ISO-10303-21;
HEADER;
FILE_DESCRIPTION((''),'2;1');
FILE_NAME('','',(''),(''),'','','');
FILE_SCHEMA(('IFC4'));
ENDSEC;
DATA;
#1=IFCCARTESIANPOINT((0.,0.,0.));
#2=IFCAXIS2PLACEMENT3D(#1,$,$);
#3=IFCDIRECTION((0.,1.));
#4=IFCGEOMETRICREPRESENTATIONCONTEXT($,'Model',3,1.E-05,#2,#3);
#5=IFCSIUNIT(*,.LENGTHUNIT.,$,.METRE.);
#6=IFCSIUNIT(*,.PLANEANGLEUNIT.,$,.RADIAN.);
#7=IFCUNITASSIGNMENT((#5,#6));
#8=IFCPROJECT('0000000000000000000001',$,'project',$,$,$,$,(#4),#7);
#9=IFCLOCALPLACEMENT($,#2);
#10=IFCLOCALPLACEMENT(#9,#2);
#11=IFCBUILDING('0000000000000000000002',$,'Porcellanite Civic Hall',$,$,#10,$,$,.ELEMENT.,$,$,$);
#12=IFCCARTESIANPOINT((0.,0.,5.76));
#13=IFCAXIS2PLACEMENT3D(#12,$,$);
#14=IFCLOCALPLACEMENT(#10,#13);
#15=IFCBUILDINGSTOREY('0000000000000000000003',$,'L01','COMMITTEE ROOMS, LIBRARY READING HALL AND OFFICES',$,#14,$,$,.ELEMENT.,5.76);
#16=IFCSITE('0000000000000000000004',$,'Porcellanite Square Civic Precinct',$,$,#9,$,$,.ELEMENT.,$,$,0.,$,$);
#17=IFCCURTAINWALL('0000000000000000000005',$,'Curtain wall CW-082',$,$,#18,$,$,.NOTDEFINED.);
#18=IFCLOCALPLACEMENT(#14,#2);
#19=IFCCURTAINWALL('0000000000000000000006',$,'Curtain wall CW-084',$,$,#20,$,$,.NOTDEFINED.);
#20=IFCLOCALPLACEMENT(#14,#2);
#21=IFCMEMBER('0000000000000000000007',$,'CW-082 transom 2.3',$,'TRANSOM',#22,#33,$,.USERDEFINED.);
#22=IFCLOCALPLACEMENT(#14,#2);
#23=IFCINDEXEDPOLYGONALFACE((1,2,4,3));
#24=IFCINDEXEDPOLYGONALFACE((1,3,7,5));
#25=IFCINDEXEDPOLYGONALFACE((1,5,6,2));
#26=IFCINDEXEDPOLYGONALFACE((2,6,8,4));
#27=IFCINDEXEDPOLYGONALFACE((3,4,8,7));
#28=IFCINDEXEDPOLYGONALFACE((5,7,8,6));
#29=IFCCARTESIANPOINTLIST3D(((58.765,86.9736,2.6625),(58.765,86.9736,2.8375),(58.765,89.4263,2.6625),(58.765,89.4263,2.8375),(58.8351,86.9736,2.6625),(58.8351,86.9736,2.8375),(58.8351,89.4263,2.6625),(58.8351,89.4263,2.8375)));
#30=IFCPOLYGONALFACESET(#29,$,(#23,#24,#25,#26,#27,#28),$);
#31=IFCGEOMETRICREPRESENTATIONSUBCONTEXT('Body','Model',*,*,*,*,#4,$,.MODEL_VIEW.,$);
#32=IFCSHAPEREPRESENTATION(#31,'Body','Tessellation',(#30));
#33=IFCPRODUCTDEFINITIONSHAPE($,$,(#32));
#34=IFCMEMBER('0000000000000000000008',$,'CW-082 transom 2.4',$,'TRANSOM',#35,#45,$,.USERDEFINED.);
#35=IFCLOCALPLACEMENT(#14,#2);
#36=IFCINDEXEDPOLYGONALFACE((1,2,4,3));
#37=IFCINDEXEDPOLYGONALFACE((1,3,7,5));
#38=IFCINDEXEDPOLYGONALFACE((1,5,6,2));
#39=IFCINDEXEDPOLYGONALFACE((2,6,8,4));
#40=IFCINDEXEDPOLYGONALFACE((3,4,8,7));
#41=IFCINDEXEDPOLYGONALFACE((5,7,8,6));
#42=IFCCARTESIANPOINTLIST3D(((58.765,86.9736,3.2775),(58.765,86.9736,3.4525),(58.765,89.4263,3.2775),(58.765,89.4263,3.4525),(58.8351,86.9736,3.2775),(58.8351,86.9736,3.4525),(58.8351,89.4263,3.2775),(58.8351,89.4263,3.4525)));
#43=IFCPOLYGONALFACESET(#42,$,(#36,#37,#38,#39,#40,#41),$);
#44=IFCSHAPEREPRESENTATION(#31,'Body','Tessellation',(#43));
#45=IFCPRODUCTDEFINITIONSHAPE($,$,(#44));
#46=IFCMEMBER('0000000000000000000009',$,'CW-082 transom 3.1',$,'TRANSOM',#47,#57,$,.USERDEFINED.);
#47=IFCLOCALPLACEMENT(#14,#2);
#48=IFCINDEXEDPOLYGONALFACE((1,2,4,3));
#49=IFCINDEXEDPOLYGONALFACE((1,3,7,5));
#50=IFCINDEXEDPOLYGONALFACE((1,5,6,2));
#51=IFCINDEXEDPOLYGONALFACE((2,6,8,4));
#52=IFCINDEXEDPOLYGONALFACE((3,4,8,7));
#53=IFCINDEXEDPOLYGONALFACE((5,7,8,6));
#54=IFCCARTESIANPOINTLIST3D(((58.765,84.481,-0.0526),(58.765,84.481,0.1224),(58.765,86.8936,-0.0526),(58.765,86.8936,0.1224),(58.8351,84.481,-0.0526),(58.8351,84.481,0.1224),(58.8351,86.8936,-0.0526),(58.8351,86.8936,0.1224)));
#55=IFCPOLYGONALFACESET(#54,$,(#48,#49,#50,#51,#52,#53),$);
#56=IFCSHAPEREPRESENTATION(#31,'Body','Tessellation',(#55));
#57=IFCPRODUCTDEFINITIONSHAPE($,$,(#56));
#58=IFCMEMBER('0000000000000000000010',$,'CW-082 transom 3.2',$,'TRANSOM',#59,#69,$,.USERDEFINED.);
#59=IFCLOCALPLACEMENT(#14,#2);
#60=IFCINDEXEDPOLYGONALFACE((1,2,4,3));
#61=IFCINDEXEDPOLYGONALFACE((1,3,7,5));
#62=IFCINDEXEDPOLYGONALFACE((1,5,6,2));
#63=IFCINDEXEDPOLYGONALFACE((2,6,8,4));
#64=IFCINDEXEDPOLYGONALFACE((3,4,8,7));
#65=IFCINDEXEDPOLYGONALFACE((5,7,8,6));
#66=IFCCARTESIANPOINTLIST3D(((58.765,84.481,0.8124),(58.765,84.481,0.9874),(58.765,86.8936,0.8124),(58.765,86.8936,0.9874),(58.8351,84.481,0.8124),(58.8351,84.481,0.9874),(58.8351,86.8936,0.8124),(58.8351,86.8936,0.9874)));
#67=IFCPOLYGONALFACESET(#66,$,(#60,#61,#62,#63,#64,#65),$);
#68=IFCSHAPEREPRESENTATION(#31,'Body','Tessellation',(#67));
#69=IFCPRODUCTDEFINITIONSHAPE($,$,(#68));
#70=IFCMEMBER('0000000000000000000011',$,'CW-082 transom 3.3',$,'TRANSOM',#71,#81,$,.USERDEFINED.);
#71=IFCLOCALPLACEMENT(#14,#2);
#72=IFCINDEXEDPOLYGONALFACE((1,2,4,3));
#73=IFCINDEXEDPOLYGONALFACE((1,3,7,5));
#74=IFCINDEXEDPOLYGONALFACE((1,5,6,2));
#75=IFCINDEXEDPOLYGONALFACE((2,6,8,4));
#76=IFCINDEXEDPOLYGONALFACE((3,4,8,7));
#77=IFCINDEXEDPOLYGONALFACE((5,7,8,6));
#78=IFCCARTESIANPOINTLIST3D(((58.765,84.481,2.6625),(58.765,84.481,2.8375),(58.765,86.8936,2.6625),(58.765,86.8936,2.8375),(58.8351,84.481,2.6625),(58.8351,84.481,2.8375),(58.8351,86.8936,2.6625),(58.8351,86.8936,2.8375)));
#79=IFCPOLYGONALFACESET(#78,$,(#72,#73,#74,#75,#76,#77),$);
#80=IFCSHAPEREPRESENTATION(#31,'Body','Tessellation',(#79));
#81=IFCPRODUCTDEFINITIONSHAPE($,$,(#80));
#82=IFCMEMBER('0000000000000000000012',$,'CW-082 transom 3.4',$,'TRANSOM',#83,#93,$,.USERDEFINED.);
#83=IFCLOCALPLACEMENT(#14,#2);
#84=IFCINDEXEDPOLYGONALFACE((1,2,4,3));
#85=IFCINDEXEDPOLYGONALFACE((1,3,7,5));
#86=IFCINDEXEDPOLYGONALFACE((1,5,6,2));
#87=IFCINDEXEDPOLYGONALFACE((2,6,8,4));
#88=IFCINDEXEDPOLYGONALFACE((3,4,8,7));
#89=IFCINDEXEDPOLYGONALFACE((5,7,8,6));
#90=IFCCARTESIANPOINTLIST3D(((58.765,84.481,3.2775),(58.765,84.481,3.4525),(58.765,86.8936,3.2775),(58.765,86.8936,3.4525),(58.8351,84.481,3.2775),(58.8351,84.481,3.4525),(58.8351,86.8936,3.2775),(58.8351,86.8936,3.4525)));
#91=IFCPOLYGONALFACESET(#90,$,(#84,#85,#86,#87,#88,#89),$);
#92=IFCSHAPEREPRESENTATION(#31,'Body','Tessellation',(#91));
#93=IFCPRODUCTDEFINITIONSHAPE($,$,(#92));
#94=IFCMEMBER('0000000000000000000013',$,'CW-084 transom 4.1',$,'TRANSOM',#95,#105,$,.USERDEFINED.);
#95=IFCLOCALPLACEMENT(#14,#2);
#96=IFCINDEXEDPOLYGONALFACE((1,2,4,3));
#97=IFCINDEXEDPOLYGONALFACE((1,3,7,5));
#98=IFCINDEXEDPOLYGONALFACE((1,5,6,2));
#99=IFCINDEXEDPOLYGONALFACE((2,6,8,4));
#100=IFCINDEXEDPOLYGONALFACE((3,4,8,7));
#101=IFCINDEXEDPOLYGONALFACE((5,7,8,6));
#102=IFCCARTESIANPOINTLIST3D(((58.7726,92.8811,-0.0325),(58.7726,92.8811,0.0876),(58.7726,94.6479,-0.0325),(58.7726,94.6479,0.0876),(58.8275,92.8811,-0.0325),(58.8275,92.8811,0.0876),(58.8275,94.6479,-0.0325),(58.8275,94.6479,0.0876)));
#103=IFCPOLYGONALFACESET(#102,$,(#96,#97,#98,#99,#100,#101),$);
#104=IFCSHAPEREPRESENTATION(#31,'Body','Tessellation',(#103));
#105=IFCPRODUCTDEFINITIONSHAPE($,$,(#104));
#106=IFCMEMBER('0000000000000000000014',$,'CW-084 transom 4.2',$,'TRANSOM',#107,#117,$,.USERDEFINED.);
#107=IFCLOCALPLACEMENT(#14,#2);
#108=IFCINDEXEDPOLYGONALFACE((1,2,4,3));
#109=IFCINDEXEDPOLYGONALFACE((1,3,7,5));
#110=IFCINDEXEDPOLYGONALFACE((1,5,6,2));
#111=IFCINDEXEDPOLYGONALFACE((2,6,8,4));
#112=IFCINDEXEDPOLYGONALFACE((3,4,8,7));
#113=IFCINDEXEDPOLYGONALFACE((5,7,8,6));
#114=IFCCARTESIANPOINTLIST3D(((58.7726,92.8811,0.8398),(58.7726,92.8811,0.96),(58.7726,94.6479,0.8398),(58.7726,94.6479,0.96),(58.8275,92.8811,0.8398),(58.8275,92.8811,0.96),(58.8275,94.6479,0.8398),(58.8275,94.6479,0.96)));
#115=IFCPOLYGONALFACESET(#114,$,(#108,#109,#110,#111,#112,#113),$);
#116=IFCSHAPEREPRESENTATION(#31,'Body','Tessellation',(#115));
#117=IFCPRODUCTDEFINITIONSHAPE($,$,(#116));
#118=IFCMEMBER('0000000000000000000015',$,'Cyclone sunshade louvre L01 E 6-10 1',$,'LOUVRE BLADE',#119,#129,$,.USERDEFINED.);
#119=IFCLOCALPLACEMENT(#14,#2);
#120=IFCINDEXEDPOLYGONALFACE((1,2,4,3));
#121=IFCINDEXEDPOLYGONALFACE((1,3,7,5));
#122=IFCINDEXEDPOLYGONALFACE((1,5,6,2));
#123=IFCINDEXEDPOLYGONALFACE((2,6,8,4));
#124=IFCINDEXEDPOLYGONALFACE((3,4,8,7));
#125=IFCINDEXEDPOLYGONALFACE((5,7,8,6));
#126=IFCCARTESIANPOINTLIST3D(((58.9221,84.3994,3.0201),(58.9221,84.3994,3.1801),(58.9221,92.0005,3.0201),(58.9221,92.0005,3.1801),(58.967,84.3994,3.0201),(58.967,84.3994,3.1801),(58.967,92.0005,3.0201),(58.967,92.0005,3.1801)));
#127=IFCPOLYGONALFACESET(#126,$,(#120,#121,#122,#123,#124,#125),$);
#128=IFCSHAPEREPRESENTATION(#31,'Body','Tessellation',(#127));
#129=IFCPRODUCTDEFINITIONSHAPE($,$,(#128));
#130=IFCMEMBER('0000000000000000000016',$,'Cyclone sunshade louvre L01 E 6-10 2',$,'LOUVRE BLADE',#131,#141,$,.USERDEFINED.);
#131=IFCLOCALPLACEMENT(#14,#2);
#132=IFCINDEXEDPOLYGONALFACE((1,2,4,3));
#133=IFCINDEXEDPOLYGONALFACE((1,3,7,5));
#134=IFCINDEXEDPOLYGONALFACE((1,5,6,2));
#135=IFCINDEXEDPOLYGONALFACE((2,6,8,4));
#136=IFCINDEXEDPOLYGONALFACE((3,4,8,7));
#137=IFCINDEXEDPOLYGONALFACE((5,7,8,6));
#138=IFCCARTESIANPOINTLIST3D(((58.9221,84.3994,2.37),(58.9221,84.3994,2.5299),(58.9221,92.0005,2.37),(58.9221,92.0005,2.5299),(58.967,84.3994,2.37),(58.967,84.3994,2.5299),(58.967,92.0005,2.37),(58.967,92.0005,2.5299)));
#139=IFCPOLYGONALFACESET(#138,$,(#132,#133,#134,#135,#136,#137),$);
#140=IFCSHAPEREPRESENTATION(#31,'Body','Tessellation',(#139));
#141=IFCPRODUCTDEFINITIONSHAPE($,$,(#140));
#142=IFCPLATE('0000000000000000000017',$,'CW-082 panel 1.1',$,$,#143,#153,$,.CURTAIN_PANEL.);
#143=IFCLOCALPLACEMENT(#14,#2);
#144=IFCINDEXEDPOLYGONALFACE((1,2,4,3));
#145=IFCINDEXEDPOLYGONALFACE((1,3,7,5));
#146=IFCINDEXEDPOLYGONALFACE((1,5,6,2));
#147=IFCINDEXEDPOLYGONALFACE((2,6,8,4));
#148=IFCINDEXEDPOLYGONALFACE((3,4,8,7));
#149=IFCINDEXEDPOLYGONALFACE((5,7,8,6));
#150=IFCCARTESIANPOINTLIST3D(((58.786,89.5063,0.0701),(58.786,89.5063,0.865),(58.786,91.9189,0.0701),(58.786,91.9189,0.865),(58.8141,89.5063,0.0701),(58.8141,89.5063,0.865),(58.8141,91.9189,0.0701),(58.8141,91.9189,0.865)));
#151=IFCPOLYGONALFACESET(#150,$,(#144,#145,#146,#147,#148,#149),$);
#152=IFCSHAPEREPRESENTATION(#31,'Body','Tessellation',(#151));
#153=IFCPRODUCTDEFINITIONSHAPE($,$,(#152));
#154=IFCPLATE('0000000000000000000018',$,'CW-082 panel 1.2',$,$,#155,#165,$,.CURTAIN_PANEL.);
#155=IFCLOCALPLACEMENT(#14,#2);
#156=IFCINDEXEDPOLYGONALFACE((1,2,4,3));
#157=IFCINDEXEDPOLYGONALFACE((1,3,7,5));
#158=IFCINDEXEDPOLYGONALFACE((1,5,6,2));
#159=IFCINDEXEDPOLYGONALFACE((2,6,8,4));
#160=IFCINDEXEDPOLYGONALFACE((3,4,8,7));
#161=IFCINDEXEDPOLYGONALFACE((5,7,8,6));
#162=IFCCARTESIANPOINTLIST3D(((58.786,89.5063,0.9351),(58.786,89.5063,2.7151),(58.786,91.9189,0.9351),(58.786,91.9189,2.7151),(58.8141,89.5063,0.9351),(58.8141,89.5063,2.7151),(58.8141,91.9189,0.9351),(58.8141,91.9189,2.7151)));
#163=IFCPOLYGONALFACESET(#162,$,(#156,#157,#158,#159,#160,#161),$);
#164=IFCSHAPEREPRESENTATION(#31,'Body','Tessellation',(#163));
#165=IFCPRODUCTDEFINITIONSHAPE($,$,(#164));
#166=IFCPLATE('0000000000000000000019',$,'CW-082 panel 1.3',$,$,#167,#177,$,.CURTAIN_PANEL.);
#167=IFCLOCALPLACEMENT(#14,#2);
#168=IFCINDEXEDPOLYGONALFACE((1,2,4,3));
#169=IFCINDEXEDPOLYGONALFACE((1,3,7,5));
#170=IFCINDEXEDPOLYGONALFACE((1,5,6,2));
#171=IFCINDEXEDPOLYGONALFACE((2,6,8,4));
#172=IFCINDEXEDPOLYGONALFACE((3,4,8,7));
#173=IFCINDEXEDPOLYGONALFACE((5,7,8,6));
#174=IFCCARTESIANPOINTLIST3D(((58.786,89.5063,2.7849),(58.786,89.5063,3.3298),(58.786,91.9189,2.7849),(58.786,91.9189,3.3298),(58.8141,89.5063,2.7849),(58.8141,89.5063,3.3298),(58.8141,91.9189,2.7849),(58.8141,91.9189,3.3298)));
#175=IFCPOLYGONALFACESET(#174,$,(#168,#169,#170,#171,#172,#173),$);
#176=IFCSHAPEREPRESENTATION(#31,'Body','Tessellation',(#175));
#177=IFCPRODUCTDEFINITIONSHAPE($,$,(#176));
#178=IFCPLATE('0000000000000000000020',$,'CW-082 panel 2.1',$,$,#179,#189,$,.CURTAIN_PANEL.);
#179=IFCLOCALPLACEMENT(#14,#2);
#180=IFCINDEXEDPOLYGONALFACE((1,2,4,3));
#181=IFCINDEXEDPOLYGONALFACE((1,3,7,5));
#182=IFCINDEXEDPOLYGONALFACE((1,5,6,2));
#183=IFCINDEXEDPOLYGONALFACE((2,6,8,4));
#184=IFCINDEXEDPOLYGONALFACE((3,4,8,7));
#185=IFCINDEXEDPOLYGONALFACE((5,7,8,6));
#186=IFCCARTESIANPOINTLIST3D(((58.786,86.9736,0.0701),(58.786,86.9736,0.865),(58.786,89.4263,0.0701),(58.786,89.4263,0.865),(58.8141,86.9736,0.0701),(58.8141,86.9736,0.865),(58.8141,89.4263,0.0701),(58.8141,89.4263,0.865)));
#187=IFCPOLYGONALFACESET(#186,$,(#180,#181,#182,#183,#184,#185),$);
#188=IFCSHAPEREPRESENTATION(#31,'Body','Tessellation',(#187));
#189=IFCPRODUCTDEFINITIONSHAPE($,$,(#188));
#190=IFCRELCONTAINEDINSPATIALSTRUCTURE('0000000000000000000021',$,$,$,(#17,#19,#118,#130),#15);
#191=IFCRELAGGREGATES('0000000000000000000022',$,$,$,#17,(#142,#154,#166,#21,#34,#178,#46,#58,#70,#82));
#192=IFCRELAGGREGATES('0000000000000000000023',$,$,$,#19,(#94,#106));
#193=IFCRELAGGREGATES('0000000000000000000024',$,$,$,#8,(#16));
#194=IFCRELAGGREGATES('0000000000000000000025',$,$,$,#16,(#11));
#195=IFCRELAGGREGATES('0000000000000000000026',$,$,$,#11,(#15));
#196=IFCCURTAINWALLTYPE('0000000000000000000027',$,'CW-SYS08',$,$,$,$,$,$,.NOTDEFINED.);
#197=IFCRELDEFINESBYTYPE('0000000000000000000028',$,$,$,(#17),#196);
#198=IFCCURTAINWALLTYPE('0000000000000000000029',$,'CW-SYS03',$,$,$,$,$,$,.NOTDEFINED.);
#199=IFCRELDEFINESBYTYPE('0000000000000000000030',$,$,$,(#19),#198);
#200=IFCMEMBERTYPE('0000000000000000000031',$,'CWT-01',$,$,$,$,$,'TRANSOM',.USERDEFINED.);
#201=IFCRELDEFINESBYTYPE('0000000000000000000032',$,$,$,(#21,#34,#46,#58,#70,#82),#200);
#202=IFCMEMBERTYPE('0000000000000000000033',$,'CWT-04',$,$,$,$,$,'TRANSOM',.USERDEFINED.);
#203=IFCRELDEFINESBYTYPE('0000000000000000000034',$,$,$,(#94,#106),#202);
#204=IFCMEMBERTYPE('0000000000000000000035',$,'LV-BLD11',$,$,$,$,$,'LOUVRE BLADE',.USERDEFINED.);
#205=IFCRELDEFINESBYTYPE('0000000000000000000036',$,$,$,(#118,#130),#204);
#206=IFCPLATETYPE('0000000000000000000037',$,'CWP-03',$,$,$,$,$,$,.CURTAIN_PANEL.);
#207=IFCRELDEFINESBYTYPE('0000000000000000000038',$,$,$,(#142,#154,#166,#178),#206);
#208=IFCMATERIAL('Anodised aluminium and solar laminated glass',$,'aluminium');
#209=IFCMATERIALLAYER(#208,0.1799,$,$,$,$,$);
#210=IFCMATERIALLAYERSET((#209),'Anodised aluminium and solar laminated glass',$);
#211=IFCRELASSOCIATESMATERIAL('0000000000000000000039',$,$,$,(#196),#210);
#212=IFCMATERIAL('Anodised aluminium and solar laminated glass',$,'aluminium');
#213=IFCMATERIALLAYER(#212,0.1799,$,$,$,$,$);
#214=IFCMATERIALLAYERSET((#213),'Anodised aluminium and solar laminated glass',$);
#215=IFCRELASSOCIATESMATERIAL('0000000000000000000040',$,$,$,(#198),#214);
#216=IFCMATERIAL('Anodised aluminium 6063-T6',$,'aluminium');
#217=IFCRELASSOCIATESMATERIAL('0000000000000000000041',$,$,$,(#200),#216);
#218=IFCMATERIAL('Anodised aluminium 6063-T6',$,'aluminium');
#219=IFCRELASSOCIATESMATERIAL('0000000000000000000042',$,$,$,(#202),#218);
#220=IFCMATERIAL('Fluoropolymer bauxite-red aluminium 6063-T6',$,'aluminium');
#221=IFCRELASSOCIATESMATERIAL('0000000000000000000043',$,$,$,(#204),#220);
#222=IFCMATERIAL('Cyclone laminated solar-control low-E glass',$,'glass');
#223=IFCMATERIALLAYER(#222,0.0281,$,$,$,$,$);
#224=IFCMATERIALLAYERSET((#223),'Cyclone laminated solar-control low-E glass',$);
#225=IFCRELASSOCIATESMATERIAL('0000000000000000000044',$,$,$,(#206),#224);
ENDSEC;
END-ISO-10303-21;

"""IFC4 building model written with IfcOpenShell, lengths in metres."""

from ifc_helpers import new_model, si_unit, direction, frame, origin, origin_2d, place, context, subcontext, project, spatial, rectangle, extrude, material, layer, layer_set, material_profile, profile_set, type_object, element, aggregate, save


model = new_model("IFC4")

# Units and contexts
model_context = context("Model", 3, precision=1e-05, world=origin(), true_north=direction((0.0, 1.0)))
body_context = subcontext(model_context, "Body", "Model", "MODEL_VIEW")
ifc_project = project(units=[si_unit("LENGTHUNIT", "METRE"), si_unit("PLANEANGLEUNIT", "RADIAN")], contexts=[model_context])

# Site, building, storey
site_placement = place(None, origin())
site = spatial("IfcSite", under=ifc_project, at=site_placement, Name="Porcellanite Square Civic Precinct", CompositionType="ELEMENT", RefElevation=0.0)
building_placement = place(site_placement, origin())
building = spatial("IfcBuilding", under=site, at=building_placement, Name="Porcellanite Civic Hall", CompositionType="ELEMENT")
storey_placement = place(building_placement, frame((0.0, 0.0, 5.76)))
storey = spatial("IfcBuildingStorey", under=building, at=storey_placement, Name="L01", Description="COMMITTEE ROOMS, LIBRARY READING HALL AND OFFICES", CompositionType="ELEMENT", Elevation=5.76)

# Curtain wall
ifc_material_1 = material(Name="Anodised aluminium and solar laminated glass", Category="aluminium")
ifc_layer_1 = layer(ifc_material_1, 0.1799)
ifc_layer_set_1 = layer_set([ifc_layer_1], Name="Anodised aluminium and solar laminated glass")
curtain_wall_type_1 = type_object("IfcCurtainWallType", Name="CW-SYS08", PredefinedType="NOTDEFINED", material=ifc_layer_set_1)
curtain_wall_1_placement = place(storey_placement, origin())
curtain_wall_1 = element("IfcCurtainWall", 1, at=curtain_wall_1_placement, inside=storey, type_object=curtain_wall_type_1, Name="Curtain wall CW-082", PredefinedType="NOTDEFINED")

# Curtain wall
ifc_material_2 = material(Name="Anodised aluminium and solar laminated glass", Category="aluminium")
ifc_layer_2 = layer(ifc_material_2, 0.1799)
ifc_layer_set_2 = layer_set([ifc_layer_2], Name="Anodised aluminium and solar laminated glass")
curtain_wall_type_2 = type_object("IfcCurtainWallType", Name="CW-SYS03", PredefinedType="NOTDEFINED", material=ifc_layer_set_2)
curtain_wall_2_placement = place(storey_placement, origin())
curtain_wall_2 = element("IfcCurtainWall", 2, at=curtain_wall_2_placement, inside=storey, type_object=curtain_wall_type_2, Name="Curtain wall CW-084", PredefinedType="NOTDEFINED")

# Members
ifc_material_3 = material(Name="Anodised aluminium 6063-T6", Category="aluminium")
ifc_material_profile_1 = material_profile(ifc_material_3, rectangle(XDim=0.0701, YDim=0.175, at=origin_2d()), Name="AL-70x175")
ifc_profile_set_1 = profile_set([ifc_material_profile_1], Name="Anodised aluminium 6063-T6")
member_type_1 = type_object("IfcMemberType", Name="CWT-01", ElementType="TRANSOM", PredefinedType="USERDEFINED", material=ifc_profile_set_1)
member_1_placement = place(storey_placement, frame((58.8, 89.4263, 2.75), z_axis=(0.0, -1.0, 0.0), x_axis=(1.0, 0.0, 0.0)))
member_1 = element("IfcMember", 3, at=member_1_placement, type_object=member_type_1, Name="CW-082 transom 2.3", ObjectType="TRANSOM", PredefinedType="USERDEFINED", context=body_context, shape_type="SweptSolid", body=[
    extrude(rectangle(XDim=0.0701, YDim=0.175, at=origin_2d()), origin(), (0.0, 0.0, 1.0), 2.4526),
])
member_2_placement = place(storey_placement, frame((58.8, 89.4263, 3.365), z_axis=(0.0, -1.0, 0.0), x_axis=(1.0, 0.0, 0.0)))
member_2 = element("IfcMember", 4, at=member_2_placement, type_object=member_type_1, Name="CW-082 transom 2.4", ObjectType="TRANSOM", PredefinedType="USERDEFINED", context=body_context, shape_type="SweptSolid", body=[
    extrude(rectangle(XDim=0.0701, YDim=0.175, at=origin_2d()), origin(), (0.0, 0.0, 1.0), 2.4526),
])
member_3_placement = place(storey_placement, frame((58.8, 86.8936, 0.0349), z_axis=(0.0, -1.0, 0.0), x_axis=(1.0, 0.0, 0.0)))
member_3 = element("IfcMember", 5, at=member_3_placement, type_object=member_type_1, Name="CW-082 transom 3.1", ObjectType="TRANSOM", PredefinedType="USERDEFINED", context=body_context, shape_type="SweptSolid", body=[
    extrude(rectangle(XDim=0.0701, YDim=0.175, at=origin_2d()), origin(), (0.0, 0.0, 1.0), 2.4126),
])
member_4_placement = place(storey_placement, frame((58.8, 86.8936, 0.8999), z_axis=(0.0, -1.0, 0.0), x_axis=(1.0, 0.0, 0.0)))
member_4 = element("IfcMember", 6, at=member_4_placement, type_object=member_type_1, Name="CW-082 transom 3.2", ObjectType="TRANSOM", PredefinedType="USERDEFINED", context=body_context, shape_type="SweptSolid", body=[
    extrude(rectangle(XDim=0.0701, YDim=0.175, at=origin_2d()), origin(), (0.0, 0.0, 1.0), 2.4126),
])
member_5_placement = place(storey_placement, frame((58.8, 86.8936, 2.75), z_axis=(0.0, -1.0, 0.0), x_axis=(1.0, 0.0, 0.0)))
member_5 = element("IfcMember", 7, at=member_5_placement, type_object=member_type_1, Name="CW-082 transom 3.3", ObjectType="TRANSOM", PredefinedType="USERDEFINED", context=body_context, shape_type="SweptSolid", body=[
    extrude(rectangle(XDim=0.0701, YDim=0.175, at=origin_2d()), origin(), (0.0, 0.0, 1.0), 2.4126),
])
member_6_placement = place(storey_placement, frame((58.8, 86.8936, 3.365), z_axis=(0.0, -1.0, 0.0), x_axis=(1.0, 0.0, 0.0)))
member_6 = element("IfcMember", 8, at=member_6_placement, type_object=member_type_1, Name="CW-082 transom 3.4", ObjectType="TRANSOM", PredefinedType="USERDEFINED", context=body_context, shape_type="SweptSolid", body=[
    extrude(rectangle(XDim=0.0701, YDim=0.175, at=origin_2d()), origin(), (0.0, 0.0, 1.0), 2.4126),
])
ifc_material_4 = material(Name="Anodised aluminium 6063-T6", Category="aluminium")
ifc_material_profile_2 = material_profile(ifc_material_4, rectangle(XDim=0.0549, YDim=0.1201, at=origin_2d()), Name="AL-55x120")
ifc_profile_set_2 = profile_set([ifc_material_profile_2], Name="Anodised aluminium 6063-T6")
member_type_2 = type_object("IfcMemberType", Name="CWT-04", ElementType="TRANSOM", PredefinedType="USERDEFINED", material=ifc_profile_set_2)
member_7_placement = place(storey_placement, frame((58.8, 94.6479, 0.0276), z_axis=(0.0, -1.0, 0.0), x_axis=(1.0, 0.0, 0.0)))
member_7 = element("IfcMember", 9, at=member_7_placement, type_object=member_type_2, Name="CW-084 transom 4.1", ObjectType="TRANSOM", PredefinedType="USERDEFINED", context=body_context, shape_type="SweptSolid", body=[
    extrude(rectangle(XDim=0.0549, YDim=0.1201, at=origin_2d()), origin(), (0.0, 0.0, 1.0), 1.7668),
])
member_8_placement = place(storey_placement, frame((58.8, 94.6479, 0.8999), z_axis=(0.0, -1.0, 0.0), x_axis=(1.0, 0.0, 0.0)))
member_8 = element("IfcMember", 10, at=member_8_placement, type_object=member_type_2, Name="CW-084 transom 4.2", ObjectType="TRANSOM", PredefinedType="USERDEFINED", context=body_context, shape_type="SweptSolid", body=[
    extrude(rectangle(XDim=0.0549, YDim=0.1201, at=origin_2d()), origin(), (0.0, 0.0, 1.0), 1.7668),
])

# Members
ifc_material_5 = material(Name="Fluoropolymer bauxite-red aluminium 6063-T6", Category="aluminium")
ifc_material_profile_3 = material_profile(ifc_material_5, rectangle(XDim=0.0449, YDim=0.1599, at=origin_2d()), Name="AL-45x160")
ifc_profile_set_3 = profile_set([ifc_material_profile_3], Name="Fluoropolymer bauxite-red aluminium 6063-T6")
member_type_3 = type_object("IfcMemberType", Name="LV-BLD11", ElementType="LOUVRE BLADE", PredefinedType="USERDEFINED", material=ifc_profile_set_3)
for number, where, z_axis, x_axis, name in (
    (11, (58.9446, 92.0005, 3.1001), (0.0, -1.0, 0.0), (1.0, 0.0, 0.0), "Cyclone sunshade louvre L01 E 6-10 1"),
    (12, (58.9446, 92.0005, 2.45), (0.0, -1.0, 0.0), (1.0, 0.0, 0.0), "Cyclone sunshade louvre L01 E 6-10 2"),
):
    element("IfcMember", number, at=place(storey_placement, frame(where, z_axis=z_axis, x_axis=x_axis)), inside=storey, type_object=member_type_3, Name=name, ObjectType="LOUVRE BLADE", PredefinedType="USERDEFINED", context=body_context, shape_type="SweptSolid", body=[
        extrude(rectangle(XDim=0.0449, YDim=0.1599, at=origin_2d()), origin(), (0.0, 0.0, 1.0), 7.6011),
    ])

# Plates
ifc_material_6 = material(Name="Cyclone laminated solar-control low-E glass", Category="glass")
ifc_layer_3 = layer(ifc_material_6, 0.0281)
ifc_layer_set_3 = layer_set([ifc_layer_3], Name="Cyclone laminated solar-control low-E glass")
plate_type_1 = type_object("IfcPlateType", Name="CWP-03", PredefinedType="CURTAIN_PANEL", material=ifc_layer_set_3)
plate_1_placement = place(storey_placement, frame((58.8, 90.7126, 0.0701), z_axis=(0.0, 0.0, 1.0), x_axis=(0.0, -1.0, 0.0)))
plate_1 = element("IfcPlate", 13, at=plate_1_placement, type_object=plate_type_1, Name="CW-082 panel 1.1", PredefinedType="CURTAIN_PANEL", context=body_context, shape_type="SweptSolid", body=[
    extrude(rectangle(XDim=2.4126, YDim=0.0281, at=origin_2d()), origin(), (0.0, 0.0, 1.0), 0.7949),
])
plate_2_placement = place(storey_placement, frame((58.8, 90.7126, 0.9351), z_axis=(0.0, 0.0, 1.0), x_axis=(0.0, -1.0, 0.0)))
plate_2 = element("IfcPlate", 14, at=plate_2_placement, type_object=plate_type_1, Name="CW-082 panel 1.2", PredefinedType="CURTAIN_PANEL", context=body_context, shape_type="SweptSolid", body=[
    extrude(rectangle(XDim=2.4126, YDim=0.0281, at=origin_2d()), origin(), (0.0, 0.0, 1.0), 1.78),
])
plate_3_placement = place(storey_placement, frame((58.8, 90.7126, 2.7849), z_axis=(0.0, 0.0, 1.0), x_axis=(0.0, -1.0, 0.0)))
plate_3 = element("IfcPlate", 15, at=plate_3_placement, type_object=plate_type_1, Name="CW-082 panel 1.3", PredefinedType="CURTAIN_PANEL", context=body_context, shape_type="SweptSolid", body=[
    extrude(rectangle(XDim=2.4126, YDim=0.0281, at=origin_2d()), origin(), (0.0, 0.0, 1.0), 0.5449),
])
plate_4_placement = place(storey_placement, frame((58.8, 88.2, 0.0701), z_axis=(0.0, 0.0, 1.0), x_axis=(0.0, -1.0, 0.0)))
plate_4 = element("IfcPlate", 16, at=plate_4_placement, type_object=plate_type_1, Name="CW-082 panel 2.1", PredefinedType="CURTAIN_PANEL", context=body_context, shape_type="SweptSolid", body=[
    extrude(rectangle(XDim=2.4526, YDim=0.0281, at=origin_2d()), origin(), (0.0, 0.0, 1.0), 0.7949),
])
aggregate(curtain_wall_1, [plate_1, plate_2, plate_3, member_1, member_2, plate_4, member_3, member_4, member_5, member_6])
aggregate(curtain_wall_2, [member_7, member_8])

save(model, "model.ifc")
